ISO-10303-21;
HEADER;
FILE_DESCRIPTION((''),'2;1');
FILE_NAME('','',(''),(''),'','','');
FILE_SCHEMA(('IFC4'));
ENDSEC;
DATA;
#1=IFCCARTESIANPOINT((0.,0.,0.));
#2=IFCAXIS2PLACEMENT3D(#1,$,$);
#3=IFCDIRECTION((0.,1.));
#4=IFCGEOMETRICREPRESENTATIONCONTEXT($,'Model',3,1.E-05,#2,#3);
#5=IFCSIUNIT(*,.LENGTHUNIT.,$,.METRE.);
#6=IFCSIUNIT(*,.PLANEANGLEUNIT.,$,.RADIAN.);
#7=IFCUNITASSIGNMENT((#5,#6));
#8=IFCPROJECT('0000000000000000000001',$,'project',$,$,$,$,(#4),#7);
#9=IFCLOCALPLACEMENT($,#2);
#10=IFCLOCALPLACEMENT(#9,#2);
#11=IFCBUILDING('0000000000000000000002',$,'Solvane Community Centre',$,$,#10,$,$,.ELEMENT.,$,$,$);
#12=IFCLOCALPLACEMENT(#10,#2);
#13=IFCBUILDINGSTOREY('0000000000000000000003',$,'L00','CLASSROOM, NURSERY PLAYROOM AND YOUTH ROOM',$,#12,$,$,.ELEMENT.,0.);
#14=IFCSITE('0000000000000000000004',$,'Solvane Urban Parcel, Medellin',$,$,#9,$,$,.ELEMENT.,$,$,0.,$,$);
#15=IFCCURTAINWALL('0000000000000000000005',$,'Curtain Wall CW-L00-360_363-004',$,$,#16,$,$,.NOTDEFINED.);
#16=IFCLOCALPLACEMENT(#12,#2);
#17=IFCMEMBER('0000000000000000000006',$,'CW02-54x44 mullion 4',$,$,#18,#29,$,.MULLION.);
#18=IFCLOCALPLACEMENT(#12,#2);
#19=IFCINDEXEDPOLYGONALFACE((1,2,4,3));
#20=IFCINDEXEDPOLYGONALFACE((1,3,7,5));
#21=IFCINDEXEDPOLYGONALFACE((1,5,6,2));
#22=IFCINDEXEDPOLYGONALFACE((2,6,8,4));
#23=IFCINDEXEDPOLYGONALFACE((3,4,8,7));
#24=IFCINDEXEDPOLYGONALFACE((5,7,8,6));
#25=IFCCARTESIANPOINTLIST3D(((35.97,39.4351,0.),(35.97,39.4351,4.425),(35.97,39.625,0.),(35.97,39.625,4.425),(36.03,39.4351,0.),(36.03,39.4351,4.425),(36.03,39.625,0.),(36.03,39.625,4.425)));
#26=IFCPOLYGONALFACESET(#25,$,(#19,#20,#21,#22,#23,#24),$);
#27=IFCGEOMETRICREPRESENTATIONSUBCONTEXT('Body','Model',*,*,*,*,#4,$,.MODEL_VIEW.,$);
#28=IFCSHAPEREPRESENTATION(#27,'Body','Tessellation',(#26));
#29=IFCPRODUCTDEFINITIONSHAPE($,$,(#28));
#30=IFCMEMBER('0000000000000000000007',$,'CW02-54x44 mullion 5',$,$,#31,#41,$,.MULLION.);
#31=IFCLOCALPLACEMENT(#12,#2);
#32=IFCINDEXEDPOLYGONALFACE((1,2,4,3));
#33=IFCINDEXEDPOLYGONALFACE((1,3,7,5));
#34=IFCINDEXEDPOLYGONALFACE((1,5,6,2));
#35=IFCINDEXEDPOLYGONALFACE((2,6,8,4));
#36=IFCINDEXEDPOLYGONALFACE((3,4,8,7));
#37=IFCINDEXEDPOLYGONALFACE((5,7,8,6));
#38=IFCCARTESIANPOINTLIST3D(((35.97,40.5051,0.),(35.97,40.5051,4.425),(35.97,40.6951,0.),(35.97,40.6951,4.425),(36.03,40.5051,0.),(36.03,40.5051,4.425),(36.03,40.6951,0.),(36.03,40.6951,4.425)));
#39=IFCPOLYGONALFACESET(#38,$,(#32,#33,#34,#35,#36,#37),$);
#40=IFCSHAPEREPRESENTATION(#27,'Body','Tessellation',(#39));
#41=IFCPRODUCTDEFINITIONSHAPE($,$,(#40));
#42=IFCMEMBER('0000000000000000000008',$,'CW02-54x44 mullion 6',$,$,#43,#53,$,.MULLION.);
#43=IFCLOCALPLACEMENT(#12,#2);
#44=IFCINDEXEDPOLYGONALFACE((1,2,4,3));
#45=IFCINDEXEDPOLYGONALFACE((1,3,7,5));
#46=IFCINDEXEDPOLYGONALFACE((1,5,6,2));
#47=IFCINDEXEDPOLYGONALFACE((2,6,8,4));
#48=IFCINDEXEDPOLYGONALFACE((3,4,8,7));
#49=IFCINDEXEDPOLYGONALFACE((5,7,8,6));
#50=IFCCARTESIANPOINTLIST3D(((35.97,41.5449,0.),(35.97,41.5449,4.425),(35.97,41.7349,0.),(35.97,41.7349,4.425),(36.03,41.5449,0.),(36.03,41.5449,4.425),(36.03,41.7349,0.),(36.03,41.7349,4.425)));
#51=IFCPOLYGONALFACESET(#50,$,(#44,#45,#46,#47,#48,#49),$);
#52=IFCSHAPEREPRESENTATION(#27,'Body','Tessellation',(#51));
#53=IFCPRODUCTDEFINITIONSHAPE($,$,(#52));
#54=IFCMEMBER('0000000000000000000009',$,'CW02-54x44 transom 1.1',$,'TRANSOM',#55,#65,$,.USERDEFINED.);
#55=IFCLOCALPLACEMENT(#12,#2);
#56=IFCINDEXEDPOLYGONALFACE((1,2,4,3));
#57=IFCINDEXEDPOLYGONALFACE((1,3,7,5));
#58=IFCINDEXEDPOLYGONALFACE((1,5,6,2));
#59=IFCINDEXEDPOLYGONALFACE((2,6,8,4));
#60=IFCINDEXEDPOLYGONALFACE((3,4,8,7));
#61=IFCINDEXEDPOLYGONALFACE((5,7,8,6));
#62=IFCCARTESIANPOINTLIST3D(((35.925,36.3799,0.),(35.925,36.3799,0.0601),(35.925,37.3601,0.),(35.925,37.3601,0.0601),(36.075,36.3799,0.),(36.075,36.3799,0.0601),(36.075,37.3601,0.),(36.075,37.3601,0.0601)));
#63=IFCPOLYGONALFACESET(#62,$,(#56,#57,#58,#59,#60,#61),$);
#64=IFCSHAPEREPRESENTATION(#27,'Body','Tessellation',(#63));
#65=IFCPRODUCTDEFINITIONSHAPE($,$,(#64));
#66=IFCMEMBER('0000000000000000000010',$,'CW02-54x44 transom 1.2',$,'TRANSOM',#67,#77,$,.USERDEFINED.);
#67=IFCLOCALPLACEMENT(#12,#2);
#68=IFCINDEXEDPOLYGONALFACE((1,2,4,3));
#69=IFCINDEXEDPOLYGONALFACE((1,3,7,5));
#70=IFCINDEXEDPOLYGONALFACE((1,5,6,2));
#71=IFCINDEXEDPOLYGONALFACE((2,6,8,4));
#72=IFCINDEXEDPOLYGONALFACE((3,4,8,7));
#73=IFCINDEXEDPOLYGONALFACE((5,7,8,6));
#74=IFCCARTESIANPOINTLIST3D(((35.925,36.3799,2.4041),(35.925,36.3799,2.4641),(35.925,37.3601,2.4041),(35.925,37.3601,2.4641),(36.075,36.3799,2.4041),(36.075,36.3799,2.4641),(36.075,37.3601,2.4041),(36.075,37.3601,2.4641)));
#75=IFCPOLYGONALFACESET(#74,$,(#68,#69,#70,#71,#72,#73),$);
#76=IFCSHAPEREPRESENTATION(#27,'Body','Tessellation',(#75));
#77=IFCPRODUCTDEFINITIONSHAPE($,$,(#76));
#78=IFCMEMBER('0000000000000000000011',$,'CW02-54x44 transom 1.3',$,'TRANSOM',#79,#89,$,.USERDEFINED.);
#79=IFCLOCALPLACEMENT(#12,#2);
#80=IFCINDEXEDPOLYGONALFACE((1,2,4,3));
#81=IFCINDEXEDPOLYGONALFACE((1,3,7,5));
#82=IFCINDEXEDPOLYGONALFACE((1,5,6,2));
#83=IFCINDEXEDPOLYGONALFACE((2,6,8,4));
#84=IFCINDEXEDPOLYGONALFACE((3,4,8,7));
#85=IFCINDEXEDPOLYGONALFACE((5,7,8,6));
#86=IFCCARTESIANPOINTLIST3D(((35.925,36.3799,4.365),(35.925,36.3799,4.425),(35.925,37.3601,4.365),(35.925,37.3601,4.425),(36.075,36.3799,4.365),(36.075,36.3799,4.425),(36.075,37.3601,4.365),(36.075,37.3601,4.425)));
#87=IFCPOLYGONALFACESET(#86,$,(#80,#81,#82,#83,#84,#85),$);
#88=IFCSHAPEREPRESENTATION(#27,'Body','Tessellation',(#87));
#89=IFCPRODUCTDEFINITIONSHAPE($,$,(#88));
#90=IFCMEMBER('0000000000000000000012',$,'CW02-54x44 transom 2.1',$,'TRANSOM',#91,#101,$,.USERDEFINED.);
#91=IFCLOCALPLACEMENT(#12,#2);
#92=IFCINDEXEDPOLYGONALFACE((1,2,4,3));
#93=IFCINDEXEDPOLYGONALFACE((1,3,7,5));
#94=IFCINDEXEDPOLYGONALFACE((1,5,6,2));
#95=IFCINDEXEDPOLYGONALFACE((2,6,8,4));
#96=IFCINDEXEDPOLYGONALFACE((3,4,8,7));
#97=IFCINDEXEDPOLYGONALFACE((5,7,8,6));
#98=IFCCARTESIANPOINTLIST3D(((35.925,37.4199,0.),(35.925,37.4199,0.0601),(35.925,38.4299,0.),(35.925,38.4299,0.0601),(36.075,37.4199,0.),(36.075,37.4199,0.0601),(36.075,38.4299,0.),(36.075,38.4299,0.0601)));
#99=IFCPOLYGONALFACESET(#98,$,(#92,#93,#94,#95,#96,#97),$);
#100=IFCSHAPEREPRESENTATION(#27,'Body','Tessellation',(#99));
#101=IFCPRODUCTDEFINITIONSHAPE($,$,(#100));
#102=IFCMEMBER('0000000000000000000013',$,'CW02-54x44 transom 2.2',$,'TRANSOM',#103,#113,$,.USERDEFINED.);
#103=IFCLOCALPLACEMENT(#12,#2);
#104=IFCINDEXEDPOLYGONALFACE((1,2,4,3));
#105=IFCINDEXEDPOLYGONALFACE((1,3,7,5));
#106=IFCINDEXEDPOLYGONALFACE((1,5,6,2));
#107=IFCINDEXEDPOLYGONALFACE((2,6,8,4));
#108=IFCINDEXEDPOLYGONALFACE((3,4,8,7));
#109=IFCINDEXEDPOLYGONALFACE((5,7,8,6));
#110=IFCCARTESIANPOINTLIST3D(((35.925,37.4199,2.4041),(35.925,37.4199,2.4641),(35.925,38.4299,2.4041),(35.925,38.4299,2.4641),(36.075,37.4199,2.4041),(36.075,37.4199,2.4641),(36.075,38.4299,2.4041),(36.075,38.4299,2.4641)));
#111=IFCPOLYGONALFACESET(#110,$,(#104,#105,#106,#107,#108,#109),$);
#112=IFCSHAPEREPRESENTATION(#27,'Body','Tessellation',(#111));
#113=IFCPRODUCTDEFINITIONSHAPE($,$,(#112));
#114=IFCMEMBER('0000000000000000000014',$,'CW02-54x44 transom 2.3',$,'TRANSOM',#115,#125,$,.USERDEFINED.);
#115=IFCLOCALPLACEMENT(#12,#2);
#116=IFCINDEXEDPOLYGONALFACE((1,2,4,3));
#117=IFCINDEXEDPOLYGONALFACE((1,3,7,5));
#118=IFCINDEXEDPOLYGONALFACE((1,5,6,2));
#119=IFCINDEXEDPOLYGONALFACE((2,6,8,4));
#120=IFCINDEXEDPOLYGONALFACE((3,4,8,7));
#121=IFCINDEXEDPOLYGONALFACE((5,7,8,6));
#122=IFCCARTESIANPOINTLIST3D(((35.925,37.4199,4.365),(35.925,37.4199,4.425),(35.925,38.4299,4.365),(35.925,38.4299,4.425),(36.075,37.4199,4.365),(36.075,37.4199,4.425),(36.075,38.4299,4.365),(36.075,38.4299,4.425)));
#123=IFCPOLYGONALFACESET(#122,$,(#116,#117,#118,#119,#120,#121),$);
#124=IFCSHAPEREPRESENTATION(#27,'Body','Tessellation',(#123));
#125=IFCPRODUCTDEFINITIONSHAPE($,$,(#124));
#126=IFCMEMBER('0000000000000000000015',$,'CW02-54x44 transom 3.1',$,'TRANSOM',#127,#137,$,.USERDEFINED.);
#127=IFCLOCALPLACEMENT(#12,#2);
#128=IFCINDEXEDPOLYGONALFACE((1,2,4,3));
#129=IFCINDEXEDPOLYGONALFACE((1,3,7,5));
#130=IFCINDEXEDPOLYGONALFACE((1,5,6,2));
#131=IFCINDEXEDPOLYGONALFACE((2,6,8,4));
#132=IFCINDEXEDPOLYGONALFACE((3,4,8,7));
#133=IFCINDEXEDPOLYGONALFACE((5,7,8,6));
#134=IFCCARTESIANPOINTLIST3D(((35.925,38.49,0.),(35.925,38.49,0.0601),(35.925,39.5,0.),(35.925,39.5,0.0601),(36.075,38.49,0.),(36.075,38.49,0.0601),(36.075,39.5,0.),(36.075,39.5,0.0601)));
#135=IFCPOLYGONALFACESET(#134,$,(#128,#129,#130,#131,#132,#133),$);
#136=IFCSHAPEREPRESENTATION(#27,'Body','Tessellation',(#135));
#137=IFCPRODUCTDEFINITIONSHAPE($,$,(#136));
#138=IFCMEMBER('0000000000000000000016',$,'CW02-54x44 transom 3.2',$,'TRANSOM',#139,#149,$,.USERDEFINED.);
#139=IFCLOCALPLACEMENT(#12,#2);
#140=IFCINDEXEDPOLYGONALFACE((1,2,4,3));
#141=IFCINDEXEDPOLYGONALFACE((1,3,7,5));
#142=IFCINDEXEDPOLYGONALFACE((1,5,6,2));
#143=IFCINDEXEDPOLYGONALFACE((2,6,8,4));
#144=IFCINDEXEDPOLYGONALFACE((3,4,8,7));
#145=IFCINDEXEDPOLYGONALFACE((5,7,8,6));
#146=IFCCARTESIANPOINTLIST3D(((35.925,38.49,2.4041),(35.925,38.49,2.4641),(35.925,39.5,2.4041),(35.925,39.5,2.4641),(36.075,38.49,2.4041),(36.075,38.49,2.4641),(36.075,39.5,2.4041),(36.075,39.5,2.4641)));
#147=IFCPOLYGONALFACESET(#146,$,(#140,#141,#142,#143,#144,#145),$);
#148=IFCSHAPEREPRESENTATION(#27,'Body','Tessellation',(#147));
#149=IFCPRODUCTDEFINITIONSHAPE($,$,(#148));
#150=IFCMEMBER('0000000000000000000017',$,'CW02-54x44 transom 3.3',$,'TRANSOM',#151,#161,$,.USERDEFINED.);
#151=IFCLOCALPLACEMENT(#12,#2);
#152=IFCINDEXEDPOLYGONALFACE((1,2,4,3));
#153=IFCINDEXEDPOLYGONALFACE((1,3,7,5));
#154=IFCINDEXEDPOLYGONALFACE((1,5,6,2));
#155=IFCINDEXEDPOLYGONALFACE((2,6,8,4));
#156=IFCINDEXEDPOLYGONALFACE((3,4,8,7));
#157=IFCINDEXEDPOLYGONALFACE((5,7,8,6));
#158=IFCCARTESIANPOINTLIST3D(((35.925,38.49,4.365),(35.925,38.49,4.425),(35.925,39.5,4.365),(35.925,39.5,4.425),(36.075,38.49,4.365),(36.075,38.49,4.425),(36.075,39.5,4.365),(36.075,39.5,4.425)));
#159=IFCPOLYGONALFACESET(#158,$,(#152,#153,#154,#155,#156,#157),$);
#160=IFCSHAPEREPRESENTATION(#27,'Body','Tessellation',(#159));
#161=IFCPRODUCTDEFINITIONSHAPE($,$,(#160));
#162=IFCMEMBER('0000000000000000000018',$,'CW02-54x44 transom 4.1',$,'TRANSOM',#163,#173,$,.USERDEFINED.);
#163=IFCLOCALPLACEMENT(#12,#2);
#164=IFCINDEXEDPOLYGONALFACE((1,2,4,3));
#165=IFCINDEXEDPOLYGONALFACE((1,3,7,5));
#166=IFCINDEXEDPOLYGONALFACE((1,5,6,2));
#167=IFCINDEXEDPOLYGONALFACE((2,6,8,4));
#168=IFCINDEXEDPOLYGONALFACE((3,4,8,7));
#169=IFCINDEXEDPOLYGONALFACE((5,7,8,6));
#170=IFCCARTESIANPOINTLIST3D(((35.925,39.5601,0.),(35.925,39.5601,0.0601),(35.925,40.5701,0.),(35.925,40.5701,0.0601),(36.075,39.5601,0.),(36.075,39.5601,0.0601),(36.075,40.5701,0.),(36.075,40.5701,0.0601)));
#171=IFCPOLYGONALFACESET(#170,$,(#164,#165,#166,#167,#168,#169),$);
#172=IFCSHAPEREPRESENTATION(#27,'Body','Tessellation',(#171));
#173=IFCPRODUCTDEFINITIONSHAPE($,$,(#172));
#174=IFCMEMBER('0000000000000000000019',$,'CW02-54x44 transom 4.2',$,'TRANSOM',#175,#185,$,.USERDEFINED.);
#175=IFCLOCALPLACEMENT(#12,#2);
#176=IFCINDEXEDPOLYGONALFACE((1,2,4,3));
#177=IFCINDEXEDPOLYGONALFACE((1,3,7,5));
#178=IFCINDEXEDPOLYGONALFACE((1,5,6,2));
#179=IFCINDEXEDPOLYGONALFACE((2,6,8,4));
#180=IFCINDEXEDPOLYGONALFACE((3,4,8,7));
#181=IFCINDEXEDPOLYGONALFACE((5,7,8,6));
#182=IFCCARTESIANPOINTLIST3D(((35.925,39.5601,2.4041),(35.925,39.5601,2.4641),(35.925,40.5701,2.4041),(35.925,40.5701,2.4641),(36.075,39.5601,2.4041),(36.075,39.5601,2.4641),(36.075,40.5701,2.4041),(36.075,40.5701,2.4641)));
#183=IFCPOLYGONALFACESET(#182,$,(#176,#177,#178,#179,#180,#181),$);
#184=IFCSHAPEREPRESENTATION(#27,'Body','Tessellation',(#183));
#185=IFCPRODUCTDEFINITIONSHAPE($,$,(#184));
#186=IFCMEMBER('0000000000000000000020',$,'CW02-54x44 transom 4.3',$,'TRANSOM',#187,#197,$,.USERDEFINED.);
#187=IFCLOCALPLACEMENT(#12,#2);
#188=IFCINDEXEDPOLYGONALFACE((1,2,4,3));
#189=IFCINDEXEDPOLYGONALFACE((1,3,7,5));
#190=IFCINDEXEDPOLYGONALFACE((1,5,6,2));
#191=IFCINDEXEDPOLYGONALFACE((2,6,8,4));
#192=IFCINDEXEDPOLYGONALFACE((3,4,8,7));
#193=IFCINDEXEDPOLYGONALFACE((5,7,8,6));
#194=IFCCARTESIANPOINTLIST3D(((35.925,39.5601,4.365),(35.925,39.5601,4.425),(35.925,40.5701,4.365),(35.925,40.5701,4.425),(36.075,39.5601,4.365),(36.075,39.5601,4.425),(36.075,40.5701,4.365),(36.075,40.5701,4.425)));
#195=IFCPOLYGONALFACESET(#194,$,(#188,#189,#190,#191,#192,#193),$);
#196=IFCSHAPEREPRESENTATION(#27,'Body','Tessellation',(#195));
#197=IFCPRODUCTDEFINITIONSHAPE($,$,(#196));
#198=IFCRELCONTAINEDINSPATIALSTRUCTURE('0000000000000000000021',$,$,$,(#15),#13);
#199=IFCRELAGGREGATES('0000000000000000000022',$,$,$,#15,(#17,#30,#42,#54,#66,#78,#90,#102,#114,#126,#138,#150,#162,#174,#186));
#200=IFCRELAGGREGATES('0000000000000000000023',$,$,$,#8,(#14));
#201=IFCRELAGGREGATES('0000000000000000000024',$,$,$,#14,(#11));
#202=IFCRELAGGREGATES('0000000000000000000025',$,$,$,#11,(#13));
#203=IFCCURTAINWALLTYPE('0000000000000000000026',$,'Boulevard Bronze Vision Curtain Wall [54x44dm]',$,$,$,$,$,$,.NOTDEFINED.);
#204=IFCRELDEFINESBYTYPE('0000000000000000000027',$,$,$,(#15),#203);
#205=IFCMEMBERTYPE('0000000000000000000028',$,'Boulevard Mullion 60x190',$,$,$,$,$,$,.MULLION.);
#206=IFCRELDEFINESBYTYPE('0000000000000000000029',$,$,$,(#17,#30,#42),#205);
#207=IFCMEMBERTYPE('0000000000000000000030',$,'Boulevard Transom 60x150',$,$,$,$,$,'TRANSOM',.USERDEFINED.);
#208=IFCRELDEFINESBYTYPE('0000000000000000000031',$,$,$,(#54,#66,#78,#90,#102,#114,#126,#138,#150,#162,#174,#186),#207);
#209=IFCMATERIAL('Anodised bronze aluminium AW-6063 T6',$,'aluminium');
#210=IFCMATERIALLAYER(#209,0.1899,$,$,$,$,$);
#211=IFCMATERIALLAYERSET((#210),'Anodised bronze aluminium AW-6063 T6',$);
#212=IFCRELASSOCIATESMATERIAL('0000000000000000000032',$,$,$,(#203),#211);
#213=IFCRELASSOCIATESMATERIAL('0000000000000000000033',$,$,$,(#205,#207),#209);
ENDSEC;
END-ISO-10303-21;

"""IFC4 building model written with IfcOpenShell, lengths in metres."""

from ifc_helpers import new_model, si_unit, direction, frame, origin, origin_2d, place, context, subcontext, project, spatial, rectangle, extrude, material, layer, layer_set, material_profile, profile_set, type_object, element, aggregate, save


model = new_model("IFC4")

# Units and contexts
model_context = context("Model", 3, precision=1e-05, world=origin(), true_north=direction((0.0, 1.0)))
body_context = subcontext(model_context, "Body", "Model", "MODEL_VIEW")
ifc_project = project(units=[si_unit("LENGTHUNIT", "METRE"), si_unit("PLANEANGLEUNIT", "RADIAN")], contexts=[model_context])

# Site, building, storey
site_placement = place(None, origin())
site = spatial("IfcSite", under=ifc_project, at=site_placement, Name="Solvane Urban Parcel, Medellin", CompositionType="ELEMENT", RefElevation=0.0)
building_placement = place(site_placement, origin())
building = spatial("IfcBuilding", under=site, at=building_placement, Name="Solvane Community Centre", CompositionType="ELEMENT")
storey_placement = place(building_placement, origin())
storey = spatial("IfcBuildingStorey", under=building, at=storey_placement, Name="L00", Description="CLASSROOM, NURSERY PLAYROOM AND YOUTH ROOM", CompositionType="ELEMENT", Elevation=0.0)

# Curtain wall, members
ifc_material_1 = material(Name="Anodised bronze aluminium AW-6063 T6", Category="aluminium")
ifc_layer_1 = layer(ifc_material_1, 0.1899)
ifc_layer_set_1 = layer_set([ifc_layer_1], Name="Anodised bronze aluminium AW-6063 T6")
curtain_wall_type = type_object("IfcCurtainWallType", Name="Boulevard Bronze Vision Curtain Wall [54x44dm]", PredefinedType="NOTDEFINED", material=ifc_layer_set_1)
curtain_wall_placement = place(storey_placement, origin())
curtain_wall = element("IfcCurtainWall", 1, at=curtain_wall_placement, inside=storey, type_object=curtain_wall_type, Name="Curtain Wall CW-L00-360_363-004", PredefinedType="NOTDEFINED")
ifc_material_profile_1 = material_profile(ifc_material_1, rectangle(XDim=0.0601, YDim=0.1899, at=origin_2d()), Name="CW-M 60x190")
ifc_profile_set_1 = profile_set([ifc_material_profile_1], Name="Anodised bronze aluminium AW-6063 T6")
member_type_1 = type_object("IfcMemberType", Name="Boulevard Mullion 60x190", PredefinedType="MULLION", material=ifc_profile_set_1)
member_1_placement = place(storey_placement, frame((36.0, 39.53, 0.0), z_axis=(0.0, 0.0, 1.0), x_axis=(-1.0, 0.0, 0.0)))
member_1 = element("IfcMember", 2, at=member_1_placement, type_object=member_type_1, Name="CW02-54x44 mullion 4", PredefinedType="MULLION", context=body_context, shape_type="SweptSolid", body=[
    extrude(rectangle(XDim=0.0601, YDim=0.1899, at=origin_2d()), origin(), (0.0, 0.0, 1.0), 4.425),
])
member_2_placement = place(storey_placement, frame((36.0, 40.6001, 0.0), z_axis=(0.0, 0.0, 1.0), x_axis=(-1.0, 0.0, 0.0)))
member_2 = element("IfcMember", 3, at=member_2_placement, type_object=member_type_1, Name="CW02-54x44 mullion 5", PredefinedType="MULLION", context=body_context, shape_type="SweptSolid", body=[
    extrude(rectangle(XDim=0.0601, YDim=0.1899, at=origin_2d()), origin(), (0.0, 0.0, 1.0), 4.425),
])
member_3_placement = place(storey_placement, frame((36.0, 41.6399, 0.0), z_axis=(0.0, 0.0, 1.0), x_axis=(-1.0, 0.0, 0.0)))
member_3 = element("IfcMember", 4, at=member_3_placement, type_object=member_type_1, Name="CW02-54x44 mullion 6", PredefinedType="MULLION", context=body_context, shape_type="SweptSolid", body=[
    extrude(rectangle(XDim=0.0601, YDim=0.1899, at=origin_2d()), origin(), (0.0, 0.0, 1.0), 4.425),
])
ifc_material_profile_2 = material_profile(ifc_material_1, rectangle(XDim=0.1499, YDim=0.0601, at=origin_2d()), Name="CW-T 60x150")
ifc_profile_set_2 = profile_set([ifc_material_profile_2], Name="Anodised bronze aluminium AW-6063 T6")
member_type_2 = type_object("IfcMemberType", Name="Boulevard Transom 60x150", ElementType="TRANSOM", PredefinedType="USERDEFINED", material=ifc_profile_set_2)
member_4_placement = place(storey_placement, frame((36.0, 36.3799, 0.03), z_axis=(0.0, 1.0, 0.0), x_axis=(-1.0, 0.0, 0.0)))
member_4 = element("IfcMember", 5, at=member_4_placement, type_object=member_type_2, Name="CW02-54x44 transom 1.1", ObjectType="TRANSOM", PredefinedType="USERDEFINED", context=body_context, shape_type="SweptSolid", body=[
    extrude(rectangle(XDim=0.1499, YDim=0.0601, at=origin_2d()), origin(), (0.0, 0.0, 1.0), 0.9802),
])
member_5_placement = place(storey_placement, frame((36.0, 36.3799, 2.4341), z_axis=(0.0, 1.0, 0.0), x_axis=(-1.0, 0.0, 0.0)))
member_5 = element("IfcMember", 6, at=member_5_placement, type_object=member_type_2, Name="CW02-54x44 transom 1.2", ObjectType="TRANSOM", PredefinedType="USERDEFINED", context=body_context, shape_type="SweptSolid", body=[
    extrude(rectangle(XDim=0.1499, YDim=0.0601, at=origin_2d()), origin(), (0.0, 0.0, 1.0), 0.9802),
])
member_6_placement = place(storey_placement, frame((36.0, 36.3799, 4.395), z_axis=(0.0, 1.0, 0.0), x_axis=(-1.0, 0.0, 0.0)))
member_6 = element("IfcMember", 7, at=member_6_placement, type_object=member_type_2, Name="CW02-54x44 transom 1.3", ObjectType="TRANSOM", PredefinedType="USERDEFINED", context=body_context, shape_type="SweptSolid", body=[
    extrude(rectangle(XDim=0.1499, YDim=0.0601, at=origin_2d()), origin(), (0.0, 0.0, 1.0), 0.9802),
])
member_7_placement = place(storey_placement, frame((36.0, 37.4199, 0.03), z_axis=(0.0, 1.0, 0.0), x_axis=(-1.0, 0.0, 0.0)))
member_7 = element("IfcMember", 8, at=member_7_placement, type_object=member_type_2, Name="CW02-54x44 transom 2.1", ObjectType="TRANSOM", PredefinedType="USERDEFINED", context=body_context, shape_type="SweptSolid", body=[
    extrude(rectangle(XDim=0.1499, YDim=0.0601, at=origin_2d()), origin(), (0.0, 0.0, 1.0), 1.01),
])
member_8_placement = place(storey_placement, frame((36.0, 37.4199, 2.4341), z_axis=(0.0, 1.0, 0.0), x_axis=(-1.0, 0.0, 0.0)))
member_8 = element("IfcMember", 9, at=member_8_placement, type_object=member_type_2, Name="CW02-54x44 transom 2.2", ObjectType="TRANSOM", PredefinedType="USERDEFINED", context=body_context, shape_type="SweptSolid", body=[
    extrude(rectangle(XDim=0.1499, YDim=0.0601, at=origin_2d()), origin(), (0.0, 0.0, 1.0), 1.01),
])
member_9_placement = place(storey_placement, frame((36.0, 37.4199, 4.395), z_axis=(0.0, 1.0, 0.0), x_axis=(-1.0, 0.0, 0.0)))
member_9 = element("IfcMember", 10, at=member_9_placement, type_object=member_type_2, Name="CW02-54x44 transom 2.3", ObjectType="TRANSOM", PredefinedType="USERDEFINED", context=body_context, shape_type="SweptSolid", body=[
    extrude(rectangle(XDim=0.1499, YDim=0.0601, at=origin_2d()), origin(), (0.0, 0.0, 1.0), 1.01),
])
member_10_placement = place(storey_placement, frame((36.0, 38.49, 0.03), z_axis=(0.0, 1.0, 0.0), x_axis=(-1.0, 0.0, 0.0)))
member_10 = element("IfcMember", 11, at=member_10_placement, type_object=member_type_2, Name="CW02-54x44 transom 3.1", ObjectType="TRANSOM", PredefinedType="USERDEFINED", context=body_context, shape_type="SweptSolid", body=[
    extrude(rectangle(XDim=0.1499, YDim=0.0601, at=origin_2d()), origin(), (0.0, 0.0, 1.0), 1.01),
])
member_11_placement = place(storey_placement, frame((36.0, 38.49, 2.4341), z_axis=(0.0, 1.0, 0.0), x_axis=(-1.0, 0.0, 0.0)))
member_11 = element("IfcMember", 12, at=member_11_placement, type_object=member_type_2, Name="CW02-54x44 transom 3.2", ObjectType="TRANSOM", PredefinedType="USERDEFINED", context=body_context, shape_type="SweptSolid", body=[
    extrude(rectangle(XDim=0.1499, YDim=0.0601, at=origin_2d()), origin(), (0.0, 0.0, 1.0), 1.01),
])
member_12_placement = place(storey_placement, frame((36.0, 38.49, 4.395), z_axis=(0.0, 1.0, 0.0), x_axis=(-1.0, 0.0, 0.0)))
member_12 = element("IfcMember", 13, at=member_12_placement, type_object=member_type_2, Name="CW02-54x44 transom 3.3", ObjectType="TRANSOM", PredefinedType="USERDEFINED", context=body_context, shape_type="SweptSolid", body=[
    extrude(rectangle(XDim=0.1499, YDim=0.0601, at=origin_2d()), origin(), (0.0, 0.0, 1.0), 1.01),
])
member_13_placement = place(storey_placement, frame((36.0, 39.5601, 0.03), z_axis=(0.0, 1.0, 0.0), x_axis=(-1.0, 0.0, 0.0)))
member_13 = element("IfcMember", 14, at=member_13_placement, type_object=member_type_2, Name="CW02-54x44 transom 4.1", ObjectType="TRANSOM", PredefinedType="USERDEFINED", context=body_context, shape_type="SweptSolid", body=[
    extrude(rectangle(XDim=0.1499, YDim=0.0601, at=origin_2d()), origin(), (0.0, 0.0, 1.0), 1.01),
])
member_14_placement = place(storey_placement, frame((36.0, 39.5601, 2.4341), z_axis=(0.0, 1.0, 0.0), x_axis=(-1.0, 0.0, 0.0)))
member_14 = element("IfcMember", 15, at=member_14_placement, type_object=member_type_2, Name="CW02-54x44 transom 4.2", ObjectType="TRANSOM", PredefinedType="USERDEFINED", context=body_context, shape_type="SweptSolid", body=[
    extrude(rectangle(XDim=0.1499, YDim=0.0601, at=origin_2d()), origin(), (0.0, 0.0, 1.0), 1.01),
])
member_15_placement = place(storey_placement, frame((36.0, 39.5601, 4.395), z_axis=(0.0, 1.0, 0.0), x_axis=(-1.0, 0.0, 0.0)))
member_15 = element("IfcMember", 16, at=member_15_placement, type_object=member_type_2, Name="CW02-54x44 transom 4.3", ObjectType="TRANSOM", PredefinedType="USERDEFINED", context=body_context, shape_type="SweptSolid", body=[
    extrude(rectangle(XDim=0.1499, YDim=0.0601, at=origin_2d()), origin(), (0.0, 0.0, 1.0), 1.01),
])
aggregate(curtain_wall, [member_1, member_2, member_3, member_4, member_5, member_6, member_7, member_8, member_9, member_10, member_11, member_12, member_13, member_14, member_15])

save(model, "model.ifc")
